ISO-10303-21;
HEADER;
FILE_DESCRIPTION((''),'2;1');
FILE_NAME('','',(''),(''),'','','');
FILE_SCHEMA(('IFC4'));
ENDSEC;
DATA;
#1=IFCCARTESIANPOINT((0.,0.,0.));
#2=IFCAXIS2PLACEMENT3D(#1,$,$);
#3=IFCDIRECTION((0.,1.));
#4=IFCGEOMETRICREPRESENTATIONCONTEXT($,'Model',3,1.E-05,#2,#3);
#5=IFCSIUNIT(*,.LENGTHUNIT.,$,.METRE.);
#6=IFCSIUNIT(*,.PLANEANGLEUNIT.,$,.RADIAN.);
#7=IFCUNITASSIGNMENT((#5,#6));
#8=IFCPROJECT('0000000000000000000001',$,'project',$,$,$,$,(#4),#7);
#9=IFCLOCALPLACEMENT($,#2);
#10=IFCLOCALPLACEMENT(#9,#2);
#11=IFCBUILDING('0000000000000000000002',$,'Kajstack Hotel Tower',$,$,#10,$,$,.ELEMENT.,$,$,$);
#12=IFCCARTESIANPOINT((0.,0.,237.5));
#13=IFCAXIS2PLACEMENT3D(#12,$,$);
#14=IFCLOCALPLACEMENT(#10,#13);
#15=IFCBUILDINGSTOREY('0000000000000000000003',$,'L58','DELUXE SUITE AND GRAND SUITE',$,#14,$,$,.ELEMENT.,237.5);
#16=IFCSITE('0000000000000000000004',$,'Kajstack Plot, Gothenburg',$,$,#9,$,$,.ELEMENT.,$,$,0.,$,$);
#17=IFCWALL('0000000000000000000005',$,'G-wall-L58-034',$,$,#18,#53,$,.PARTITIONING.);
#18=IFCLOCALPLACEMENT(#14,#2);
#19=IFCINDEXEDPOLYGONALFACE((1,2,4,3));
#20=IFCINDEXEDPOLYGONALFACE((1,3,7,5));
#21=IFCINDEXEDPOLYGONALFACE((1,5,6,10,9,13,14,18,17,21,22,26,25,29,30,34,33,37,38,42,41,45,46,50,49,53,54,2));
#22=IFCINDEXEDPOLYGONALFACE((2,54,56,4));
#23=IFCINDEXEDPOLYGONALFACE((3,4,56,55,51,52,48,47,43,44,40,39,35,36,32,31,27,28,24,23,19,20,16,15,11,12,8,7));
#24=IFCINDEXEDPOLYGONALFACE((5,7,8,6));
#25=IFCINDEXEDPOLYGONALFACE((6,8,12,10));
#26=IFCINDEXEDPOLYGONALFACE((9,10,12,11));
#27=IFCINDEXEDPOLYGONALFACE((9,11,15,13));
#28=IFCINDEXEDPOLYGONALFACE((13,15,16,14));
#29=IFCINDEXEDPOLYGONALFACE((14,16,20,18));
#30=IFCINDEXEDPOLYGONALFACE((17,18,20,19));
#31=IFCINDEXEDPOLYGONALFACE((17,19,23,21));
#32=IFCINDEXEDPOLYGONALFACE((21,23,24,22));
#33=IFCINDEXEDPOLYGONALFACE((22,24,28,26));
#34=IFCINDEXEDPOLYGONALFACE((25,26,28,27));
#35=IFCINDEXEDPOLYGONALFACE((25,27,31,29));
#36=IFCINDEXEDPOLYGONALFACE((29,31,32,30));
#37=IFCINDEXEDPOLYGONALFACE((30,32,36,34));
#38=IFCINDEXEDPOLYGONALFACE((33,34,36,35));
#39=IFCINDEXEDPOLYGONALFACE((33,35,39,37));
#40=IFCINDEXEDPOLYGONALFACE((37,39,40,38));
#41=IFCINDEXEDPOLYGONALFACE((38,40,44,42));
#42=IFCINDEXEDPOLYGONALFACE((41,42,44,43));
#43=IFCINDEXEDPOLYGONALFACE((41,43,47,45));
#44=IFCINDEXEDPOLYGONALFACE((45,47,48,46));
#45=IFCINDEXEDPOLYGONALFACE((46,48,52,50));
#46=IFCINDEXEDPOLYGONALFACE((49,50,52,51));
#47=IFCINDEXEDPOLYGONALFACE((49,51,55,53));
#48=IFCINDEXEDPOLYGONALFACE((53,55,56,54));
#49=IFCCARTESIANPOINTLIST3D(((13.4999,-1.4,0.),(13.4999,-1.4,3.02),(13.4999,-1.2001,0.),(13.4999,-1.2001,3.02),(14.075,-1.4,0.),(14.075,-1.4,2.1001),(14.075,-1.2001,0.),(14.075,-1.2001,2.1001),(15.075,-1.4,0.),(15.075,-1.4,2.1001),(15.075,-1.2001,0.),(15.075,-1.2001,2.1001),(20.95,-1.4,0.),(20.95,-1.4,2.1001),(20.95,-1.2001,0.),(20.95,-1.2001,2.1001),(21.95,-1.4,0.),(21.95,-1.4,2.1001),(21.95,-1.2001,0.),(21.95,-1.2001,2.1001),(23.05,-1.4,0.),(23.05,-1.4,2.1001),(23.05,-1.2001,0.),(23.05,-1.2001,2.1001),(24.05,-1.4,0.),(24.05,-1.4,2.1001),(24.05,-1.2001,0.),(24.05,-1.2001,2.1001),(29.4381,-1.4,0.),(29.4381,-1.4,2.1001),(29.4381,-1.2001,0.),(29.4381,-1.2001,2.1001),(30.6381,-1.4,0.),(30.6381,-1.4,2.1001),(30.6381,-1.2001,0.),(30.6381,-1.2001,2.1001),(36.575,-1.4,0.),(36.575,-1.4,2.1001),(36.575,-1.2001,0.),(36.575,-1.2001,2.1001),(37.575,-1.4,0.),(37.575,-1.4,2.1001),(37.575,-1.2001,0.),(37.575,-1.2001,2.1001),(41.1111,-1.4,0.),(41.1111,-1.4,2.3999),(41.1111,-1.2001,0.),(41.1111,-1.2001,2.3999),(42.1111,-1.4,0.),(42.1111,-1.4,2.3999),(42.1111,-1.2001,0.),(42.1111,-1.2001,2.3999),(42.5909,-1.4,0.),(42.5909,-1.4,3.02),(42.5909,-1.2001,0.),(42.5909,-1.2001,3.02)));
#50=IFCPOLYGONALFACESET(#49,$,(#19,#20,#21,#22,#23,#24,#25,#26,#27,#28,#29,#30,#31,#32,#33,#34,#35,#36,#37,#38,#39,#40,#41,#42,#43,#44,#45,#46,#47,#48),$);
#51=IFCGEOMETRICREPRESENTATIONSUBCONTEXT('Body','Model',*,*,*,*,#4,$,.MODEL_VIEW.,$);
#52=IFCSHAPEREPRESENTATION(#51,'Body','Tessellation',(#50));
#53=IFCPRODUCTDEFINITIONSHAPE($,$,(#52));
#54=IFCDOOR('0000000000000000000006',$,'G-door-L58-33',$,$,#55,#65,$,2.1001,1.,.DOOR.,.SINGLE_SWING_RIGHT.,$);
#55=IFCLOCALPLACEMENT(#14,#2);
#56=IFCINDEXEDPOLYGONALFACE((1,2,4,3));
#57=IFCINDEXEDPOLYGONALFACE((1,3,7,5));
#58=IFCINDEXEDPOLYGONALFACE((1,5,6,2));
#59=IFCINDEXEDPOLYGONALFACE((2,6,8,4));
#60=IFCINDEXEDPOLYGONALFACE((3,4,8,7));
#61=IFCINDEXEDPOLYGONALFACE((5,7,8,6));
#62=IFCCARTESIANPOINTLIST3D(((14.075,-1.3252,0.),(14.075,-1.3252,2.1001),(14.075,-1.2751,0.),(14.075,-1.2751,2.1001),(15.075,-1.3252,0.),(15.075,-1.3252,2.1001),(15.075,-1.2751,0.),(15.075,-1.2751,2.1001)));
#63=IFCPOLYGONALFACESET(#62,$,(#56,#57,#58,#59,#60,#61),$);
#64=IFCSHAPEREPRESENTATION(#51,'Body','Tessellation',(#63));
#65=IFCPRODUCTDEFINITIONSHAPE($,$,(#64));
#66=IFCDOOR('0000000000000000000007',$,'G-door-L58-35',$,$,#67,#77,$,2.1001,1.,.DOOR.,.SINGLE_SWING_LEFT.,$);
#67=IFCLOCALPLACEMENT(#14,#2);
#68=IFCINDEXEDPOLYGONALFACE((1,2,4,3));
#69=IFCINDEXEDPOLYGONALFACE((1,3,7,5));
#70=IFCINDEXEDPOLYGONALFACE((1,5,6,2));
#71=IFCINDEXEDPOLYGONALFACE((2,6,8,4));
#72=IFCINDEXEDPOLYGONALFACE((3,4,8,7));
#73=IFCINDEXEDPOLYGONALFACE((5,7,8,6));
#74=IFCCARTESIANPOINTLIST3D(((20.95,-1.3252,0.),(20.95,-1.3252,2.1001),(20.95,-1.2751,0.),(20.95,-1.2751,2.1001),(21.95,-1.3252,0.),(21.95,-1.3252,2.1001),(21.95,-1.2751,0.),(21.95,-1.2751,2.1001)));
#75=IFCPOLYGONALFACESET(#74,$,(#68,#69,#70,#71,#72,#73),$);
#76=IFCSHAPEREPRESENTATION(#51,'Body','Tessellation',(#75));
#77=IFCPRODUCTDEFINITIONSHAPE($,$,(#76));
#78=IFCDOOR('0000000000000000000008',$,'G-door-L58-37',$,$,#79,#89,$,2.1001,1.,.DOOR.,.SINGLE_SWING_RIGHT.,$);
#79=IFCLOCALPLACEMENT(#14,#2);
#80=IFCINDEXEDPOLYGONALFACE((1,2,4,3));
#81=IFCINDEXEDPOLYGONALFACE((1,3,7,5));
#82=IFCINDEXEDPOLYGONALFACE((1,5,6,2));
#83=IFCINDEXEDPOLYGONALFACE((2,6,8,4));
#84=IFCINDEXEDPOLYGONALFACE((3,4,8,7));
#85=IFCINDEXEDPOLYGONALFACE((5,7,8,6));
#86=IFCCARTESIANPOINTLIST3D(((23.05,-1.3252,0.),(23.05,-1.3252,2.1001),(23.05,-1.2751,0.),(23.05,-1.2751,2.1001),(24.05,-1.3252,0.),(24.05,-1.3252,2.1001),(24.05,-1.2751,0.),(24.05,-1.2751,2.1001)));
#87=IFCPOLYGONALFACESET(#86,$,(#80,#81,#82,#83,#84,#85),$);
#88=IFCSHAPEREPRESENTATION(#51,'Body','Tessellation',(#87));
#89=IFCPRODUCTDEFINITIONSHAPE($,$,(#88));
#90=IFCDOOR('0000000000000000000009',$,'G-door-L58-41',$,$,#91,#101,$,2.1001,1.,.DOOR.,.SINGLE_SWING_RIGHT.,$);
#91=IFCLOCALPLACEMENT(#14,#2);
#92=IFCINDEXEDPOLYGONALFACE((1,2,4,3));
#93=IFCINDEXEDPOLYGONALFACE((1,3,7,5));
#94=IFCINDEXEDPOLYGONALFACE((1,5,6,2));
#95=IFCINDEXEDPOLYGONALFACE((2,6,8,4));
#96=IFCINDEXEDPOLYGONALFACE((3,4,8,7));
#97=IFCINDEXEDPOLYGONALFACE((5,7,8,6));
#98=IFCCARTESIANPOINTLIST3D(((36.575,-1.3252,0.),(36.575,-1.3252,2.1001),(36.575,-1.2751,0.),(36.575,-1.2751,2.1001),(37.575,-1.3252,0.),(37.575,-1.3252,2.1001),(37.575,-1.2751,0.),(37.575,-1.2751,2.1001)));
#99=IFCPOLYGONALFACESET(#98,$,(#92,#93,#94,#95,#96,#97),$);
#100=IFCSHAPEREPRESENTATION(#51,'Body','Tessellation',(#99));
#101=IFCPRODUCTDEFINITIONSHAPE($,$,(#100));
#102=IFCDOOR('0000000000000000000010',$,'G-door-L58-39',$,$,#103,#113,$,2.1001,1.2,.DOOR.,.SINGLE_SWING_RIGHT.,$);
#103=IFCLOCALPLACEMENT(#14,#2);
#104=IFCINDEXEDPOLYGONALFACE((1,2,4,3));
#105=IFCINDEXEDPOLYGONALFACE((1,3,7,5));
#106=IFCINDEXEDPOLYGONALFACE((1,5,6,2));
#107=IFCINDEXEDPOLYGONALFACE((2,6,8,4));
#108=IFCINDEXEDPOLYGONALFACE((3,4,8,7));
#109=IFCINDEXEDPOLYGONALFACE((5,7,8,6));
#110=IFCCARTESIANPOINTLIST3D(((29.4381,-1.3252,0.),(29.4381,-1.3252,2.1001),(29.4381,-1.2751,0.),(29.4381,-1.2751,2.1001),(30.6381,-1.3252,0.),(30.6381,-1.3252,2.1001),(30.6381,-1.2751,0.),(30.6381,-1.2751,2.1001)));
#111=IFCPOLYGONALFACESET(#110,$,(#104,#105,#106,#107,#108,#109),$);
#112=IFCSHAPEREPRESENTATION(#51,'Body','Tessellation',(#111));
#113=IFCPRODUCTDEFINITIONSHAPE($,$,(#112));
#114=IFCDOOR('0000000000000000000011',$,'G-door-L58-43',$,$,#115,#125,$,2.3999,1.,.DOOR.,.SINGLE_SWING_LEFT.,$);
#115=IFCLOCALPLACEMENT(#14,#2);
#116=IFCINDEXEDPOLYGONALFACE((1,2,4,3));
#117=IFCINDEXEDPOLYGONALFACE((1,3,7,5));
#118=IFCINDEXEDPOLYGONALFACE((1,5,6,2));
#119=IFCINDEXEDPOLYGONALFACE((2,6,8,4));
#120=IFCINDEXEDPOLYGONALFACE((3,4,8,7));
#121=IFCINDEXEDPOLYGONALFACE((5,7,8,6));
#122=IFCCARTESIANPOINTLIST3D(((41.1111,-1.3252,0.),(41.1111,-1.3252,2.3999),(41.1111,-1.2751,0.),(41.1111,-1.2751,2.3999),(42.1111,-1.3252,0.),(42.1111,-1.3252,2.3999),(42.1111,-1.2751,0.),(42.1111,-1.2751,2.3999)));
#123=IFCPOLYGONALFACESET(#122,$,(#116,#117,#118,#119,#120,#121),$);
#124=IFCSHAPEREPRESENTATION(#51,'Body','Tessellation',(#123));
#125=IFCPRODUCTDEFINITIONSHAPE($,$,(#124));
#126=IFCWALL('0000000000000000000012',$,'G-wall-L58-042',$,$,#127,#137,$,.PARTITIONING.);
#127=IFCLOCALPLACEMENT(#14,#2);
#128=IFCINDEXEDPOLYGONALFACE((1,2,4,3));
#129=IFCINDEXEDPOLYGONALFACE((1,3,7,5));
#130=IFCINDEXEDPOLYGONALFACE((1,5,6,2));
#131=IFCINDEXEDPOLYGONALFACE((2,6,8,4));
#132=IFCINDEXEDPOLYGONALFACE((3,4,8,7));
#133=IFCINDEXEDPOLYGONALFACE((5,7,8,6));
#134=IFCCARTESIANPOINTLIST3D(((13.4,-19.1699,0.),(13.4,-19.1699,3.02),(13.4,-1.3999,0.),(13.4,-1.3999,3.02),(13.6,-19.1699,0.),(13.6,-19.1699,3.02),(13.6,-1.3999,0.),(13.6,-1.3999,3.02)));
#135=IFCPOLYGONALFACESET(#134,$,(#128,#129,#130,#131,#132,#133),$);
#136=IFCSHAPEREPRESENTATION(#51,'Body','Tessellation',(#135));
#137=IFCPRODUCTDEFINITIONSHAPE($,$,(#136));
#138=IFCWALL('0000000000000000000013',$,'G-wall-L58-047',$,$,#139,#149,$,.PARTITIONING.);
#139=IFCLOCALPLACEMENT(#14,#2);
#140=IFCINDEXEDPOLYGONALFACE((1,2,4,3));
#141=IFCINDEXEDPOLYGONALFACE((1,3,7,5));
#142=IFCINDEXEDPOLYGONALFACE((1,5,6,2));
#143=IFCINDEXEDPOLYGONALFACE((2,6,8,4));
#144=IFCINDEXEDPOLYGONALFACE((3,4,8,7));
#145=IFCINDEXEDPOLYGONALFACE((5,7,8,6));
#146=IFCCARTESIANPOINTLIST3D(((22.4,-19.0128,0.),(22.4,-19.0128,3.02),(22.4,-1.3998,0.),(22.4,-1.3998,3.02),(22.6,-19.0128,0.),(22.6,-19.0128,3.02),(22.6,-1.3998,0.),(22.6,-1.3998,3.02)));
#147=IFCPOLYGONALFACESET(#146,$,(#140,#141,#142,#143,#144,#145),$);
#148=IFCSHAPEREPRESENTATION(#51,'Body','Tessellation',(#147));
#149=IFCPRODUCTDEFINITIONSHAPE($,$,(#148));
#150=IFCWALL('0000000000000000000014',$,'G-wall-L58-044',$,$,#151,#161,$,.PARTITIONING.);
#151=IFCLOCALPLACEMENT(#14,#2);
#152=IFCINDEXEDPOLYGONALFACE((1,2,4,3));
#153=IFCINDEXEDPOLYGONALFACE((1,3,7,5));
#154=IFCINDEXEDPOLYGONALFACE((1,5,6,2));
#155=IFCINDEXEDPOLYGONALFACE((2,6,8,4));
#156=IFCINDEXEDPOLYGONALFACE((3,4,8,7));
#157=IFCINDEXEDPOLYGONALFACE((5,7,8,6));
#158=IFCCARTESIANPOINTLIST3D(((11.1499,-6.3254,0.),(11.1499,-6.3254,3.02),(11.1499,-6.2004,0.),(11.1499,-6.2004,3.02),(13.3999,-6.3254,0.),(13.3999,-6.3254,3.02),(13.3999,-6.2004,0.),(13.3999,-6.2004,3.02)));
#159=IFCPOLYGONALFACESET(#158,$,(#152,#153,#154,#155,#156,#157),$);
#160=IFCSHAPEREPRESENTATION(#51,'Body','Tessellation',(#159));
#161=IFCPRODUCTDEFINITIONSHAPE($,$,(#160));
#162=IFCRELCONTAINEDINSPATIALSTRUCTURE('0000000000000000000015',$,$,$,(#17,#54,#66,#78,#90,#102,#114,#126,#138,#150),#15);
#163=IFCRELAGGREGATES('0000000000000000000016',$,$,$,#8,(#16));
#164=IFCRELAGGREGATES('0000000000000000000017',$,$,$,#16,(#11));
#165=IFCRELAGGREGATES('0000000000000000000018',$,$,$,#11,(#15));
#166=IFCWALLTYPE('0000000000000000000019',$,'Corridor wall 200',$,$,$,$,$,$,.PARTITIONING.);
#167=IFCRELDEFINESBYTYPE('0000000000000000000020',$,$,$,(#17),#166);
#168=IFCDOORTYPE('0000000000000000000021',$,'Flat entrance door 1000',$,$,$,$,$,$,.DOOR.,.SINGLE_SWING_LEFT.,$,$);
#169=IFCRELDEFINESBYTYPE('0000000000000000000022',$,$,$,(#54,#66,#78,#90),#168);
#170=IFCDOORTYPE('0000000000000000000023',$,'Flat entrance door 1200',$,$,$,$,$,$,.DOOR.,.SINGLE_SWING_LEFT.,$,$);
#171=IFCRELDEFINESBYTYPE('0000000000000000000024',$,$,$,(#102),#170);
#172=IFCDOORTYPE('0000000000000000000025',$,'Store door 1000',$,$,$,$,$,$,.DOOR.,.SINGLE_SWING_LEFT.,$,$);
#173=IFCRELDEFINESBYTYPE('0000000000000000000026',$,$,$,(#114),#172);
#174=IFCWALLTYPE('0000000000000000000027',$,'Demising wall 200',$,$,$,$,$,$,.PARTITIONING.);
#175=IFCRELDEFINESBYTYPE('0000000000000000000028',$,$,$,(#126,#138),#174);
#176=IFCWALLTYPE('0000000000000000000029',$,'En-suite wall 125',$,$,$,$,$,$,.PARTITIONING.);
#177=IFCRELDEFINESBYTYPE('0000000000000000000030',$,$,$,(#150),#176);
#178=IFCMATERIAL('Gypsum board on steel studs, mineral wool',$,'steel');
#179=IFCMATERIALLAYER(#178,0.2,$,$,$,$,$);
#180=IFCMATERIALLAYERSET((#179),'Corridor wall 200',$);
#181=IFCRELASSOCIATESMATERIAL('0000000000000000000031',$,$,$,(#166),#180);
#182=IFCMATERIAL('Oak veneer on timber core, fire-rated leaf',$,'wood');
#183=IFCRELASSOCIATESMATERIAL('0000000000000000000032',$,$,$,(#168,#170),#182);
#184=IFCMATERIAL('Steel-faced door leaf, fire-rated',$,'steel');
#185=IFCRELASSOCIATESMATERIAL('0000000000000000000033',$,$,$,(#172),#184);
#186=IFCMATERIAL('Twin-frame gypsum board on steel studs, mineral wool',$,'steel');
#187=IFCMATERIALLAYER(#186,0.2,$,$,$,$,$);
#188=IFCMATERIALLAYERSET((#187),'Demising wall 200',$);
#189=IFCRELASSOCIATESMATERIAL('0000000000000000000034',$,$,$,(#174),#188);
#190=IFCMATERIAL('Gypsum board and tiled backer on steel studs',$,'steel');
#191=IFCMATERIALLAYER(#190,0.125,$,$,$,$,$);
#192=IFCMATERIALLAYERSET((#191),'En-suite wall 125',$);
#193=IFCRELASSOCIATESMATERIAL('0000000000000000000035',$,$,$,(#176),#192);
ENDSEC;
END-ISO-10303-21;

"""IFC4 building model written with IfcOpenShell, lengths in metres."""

from ifc_helpers import new_model, si_unit, direction, frame, frame_2d, origin, place, context, subcontext, project, spatial, rectangle, extrude, material, layer, layer_set, type_object, element, fill, save


model = new_model("IFC4")

# Units and contexts
model_context = context("Model", 3, precision=1e-05, world=origin(), true_north=direction((0.0, 1.0)))
body_context = subcontext(model_context, "Body", "Model", "MODEL_VIEW")
ifc_project = project(units=[si_unit("LENGTHUNIT", "METRE"), si_unit("PLANEANGLEUNIT", "RADIAN")], contexts=[model_context])

# Site, building, storey
site_placement = place(None, origin())
site = spatial("IfcSite", under=ifc_project, at=site_placement, Name="Kajstack Plot, Gothenburg", CompositionType="ELEMENT", RefElevation=0.0)
building_placement = place(site_placement, origin())
building = spatial("IfcBuilding", under=site, at=building_placement, Name="Kajstack Hotel Tower", CompositionType="ELEMENT")
storey_placement = place(building_placement, frame((0.0, 0.0, 237.5)))
storey = spatial("IfcBuildingStorey", under=building, at=storey_placement, Name="L58", Description="DELUXE SUITE AND GRAND SUITE", CompositionType="ELEMENT", Elevation=237.5)

# Wall, openings, doors
ifc_material_1 = material(Name="Gypsum board on steel studs, mineral wool", Category="steel")
ifc_layer_1 = layer(ifc_material_1, 0.2)
ifc_layer_set_1 = layer_set([ifc_layer_1], Name="Corridor wall 200")
wall_type_1 = type_object("IfcWallType", Name="Corridor wall 200", PredefinedType="PARTITIONING", material=ifc_layer_set_1)
wall_1_placement = place(storey_placement, frame((13.5, -1.3, 0.0), z_axis=(0.0, 0.0, 1.0), x_axis=(1.0, 0.0, 0.0)))
wall_1 = element("IfcWall", 1, at=wall_1_placement, inside=storey, type_object=wall_type_1, Name="G-wall-L58-034", PredefinedType="PARTITIONING", context=body_context, shape_type="SweptSolid", body=[
    extrude(rectangle(XDim=29.0911, YDim=0.2, at=frame_2d((14.5454, 0.0))), origin(), (0.0, 0.0, 1.0), 3.02),
])
opening_1_placement = place(wall_1_placement, frame((0.575, 0.0, 0.0)))
opening_1 = element("IfcOpeningElement", 2, at=opening_1_placement, cuts=wall_1, PredefinedType="OPENING", context=body_context, shape_type="SweptSolid", body=[
    extrude(rectangle(XDim=1.0, YDim=2.1001, at=frame_2d((0.5, 1.05))), frame((0.0, 0.1099, 0.0), z_axis=(0.0, -1.0, 0.0), x_axis=(1.0, 0.0, 0.0)), (0.0, 0.0, 1.0), 0.22),
])
opening_2_placement = place(wall_1_placement, frame((7.45, 0.0, 0.0)))
opening_2 = element("IfcOpeningElement", 3, at=opening_2_placement, cuts=wall_1, PredefinedType="OPENING", context=body_context, shape_type="SweptSolid", body=[
    extrude(rectangle(XDim=1.0, YDim=2.1001, at=frame_2d((0.5, 1.05))), frame((0.0, 0.1099, 0.0), z_axis=(0.0, -1.0, 0.0), x_axis=(1.0, 0.0, 0.0)), (0.0, 0.0, 1.0), 0.22),
])
opening_3_placement = place(wall_1_placement, frame((9.55, 0.0, 0.0)))
opening_3 = element("IfcOpeningElement", 4, at=opening_3_placement, cuts=wall_1, PredefinedType="OPENING", context=body_context, shape_type="SweptSolid", body=[
    extrude(rectangle(XDim=1.0, YDim=2.1001, at=frame_2d((0.5, 1.05))), frame((0.0, 0.1099, 0.0), z_axis=(0.0, -1.0, 0.0), x_axis=(1.0, 0.0, 0.0)), (0.0, 0.0, 1.0), 0.22),
])
opening_4_placement = place(wall_1_placement, frame((15.938, 0.0, 0.0)))
opening_4 = element("IfcOpeningElement", 5, at=opening_4_placement, cuts=wall_1, PredefinedType="OPENING", context=body_context, shape_type="SweptSolid", body=[
    extrude(rectangle(XDim=1.2, YDim=2.1001, at=frame_2d((0.6001, 1.05))), frame((0.0, 0.1099, 0.0), z_axis=(0.0, -1.0, 0.0), x_axis=(1.0, 0.0, 0.0)), (0.0, 0.0, 1.0), 0.22),
])
opening_5_placement = place(wall_1_placement, frame((23.075, 0.0, 0.0)))
opening_5 = element("IfcOpeningElement", 6, at=opening_5_placement, cuts=wall_1, PredefinedType="OPENING", context=body_context, shape_type="SweptSolid", body=[
    extrude(rectangle(XDim=1.0, YDim=2.1001, at=frame_2d((0.5, 1.05))), frame((0.0, 0.1099, 0.0), z_axis=(0.0, -1.0, 0.0), x_axis=(1.0, 0.0, 0.0)), (0.0, 0.0, 1.0), 0.22),
])
opening_6_placement = place(wall_1_placement, frame((27.6111, 0.0, 0.0)))
opening_6 = element("IfcOpeningElement", 7, at=opening_6_placement, cuts=wall_1, PredefinedType="OPENING", context=body_context, shape_type="SweptSolid", body=[
    extrude(rectangle(XDim=1.0, YDim=2.3999, at=frame_2d((0.5, 1.2))), frame((0.0, 0.1099, 0.0), z_axis=(0.0, -1.0, 0.0), x_axis=(1.0, 0.0, 0.0)), (0.0, 0.0, 1.0), 0.22),
])
ifc_material_2 = material(Name="Oak veneer on timber core, fire-rated leaf", Category="wood")
door_type_1 = type_object("IfcDoorType", Name="Flat entrance door 1000", OperationType="SINGLE_SWING_LEFT", PredefinedType="DOOR", material=ifc_material_2)
door_1_placement = place(opening_1_placement, origin())
door_1 = element("IfcDoor", 8, at=door_1_placement, inside=storey, type_object=door_type_1, Name="G-door-L58-33", OperationType="SINGLE_SWING_RIGHT", OverallHeight=2.1001, OverallWidth=1.0, PredefinedType="DOOR", context=body_context, shape_type="SweptSolid", body=[
    extrude(rectangle(XDim=1.0, YDim=2.1001, at=frame_2d((0.5, 1.05))), frame((0.0, 0.0249, 0.0), z_axis=(0.0, -1.0, 0.0), x_axis=(1.0, 0.0, 0.0)), (0.0, 0.0, 1.0), 0.05),
])
fill(opening_1, door_1)
door_2_placement = place(opening_2_placement, origin())
door_2 = element("IfcDoor", 9, at=door_2_placement, inside=storey, type_object=door_type_1, Name="G-door-L58-35", OperationType="SINGLE_SWING_LEFT", OverallHeight=2.1001, OverallWidth=1.0, PredefinedType="DOOR", context=body_context, shape_type="SweptSolid", body=[
    extrude(rectangle(XDim=1.0, YDim=2.1001, at=frame_2d((0.5, 1.05))), frame((0.0, 0.0249, 0.0), z_axis=(0.0, -1.0, 0.0), x_axis=(1.0, 0.0, 0.0)), (0.0, 0.0, 1.0), 0.05),
])
fill(opening_2, door_2)
door_3_placement = place(opening_3_placement, origin())
door_3 = element("IfcDoor", 10, at=door_3_placement, inside=storey, type_object=door_type_1, Name="G-door-L58-37", OperationType="SINGLE_SWING_RIGHT", OverallHeight=2.1001, OverallWidth=1.0, PredefinedType="DOOR", context=body_context, shape_type="SweptSolid", body=[
    extrude(rectangle(XDim=1.0, YDim=2.1001, at=frame_2d((0.5, 1.05))), frame((0.0, 0.0249, 0.0), z_axis=(0.0, -1.0, 0.0), x_axis=(1.0, 0.0, 0.0)), (0.0, 0.0, 1.0), 0.05),
])
fill(opening_3, door_3)
door_4_placement = place(opening_5_placement, origin())
door_4 = element("IfcDoor", 11, at=door_4_placement, inside=storey, type_object=door_type_1, Name="G-door-L58-41", OperationType="SINGLE_SWING_RIGHT", OverallHeight=2.1001, OverallWidth=1.0, PredefinedType="DOOR", context=body_context, shape_type="SweptSolid", body=[
    extrude(rectangle(XDim=1.0, YDim=2.1001, at=frame_2d((0.5, 1.05))), frame((0.0, 0.0249, 0.0), z_axis=(0.0, -1.0, 0.0), x_axis=(1.0, 0.0, 0.0)), (0.0, 0.0, 1.0), 0.05),
])
fill(opening_5, door_4)
door_type_2 = type_object("IfcDoorType", Name="Flat entrance door 1200", OperationType="SINGLE_SWING_LEFT", PredefinedType="DOOR", material=ifc_material_2)
door_5_placement = place(opening_4_placement, origin())
door_5 = element("IfcDoor", 12, at=door_5_placement, inside=storey, type_object=door_type_2, Name="G-door-L58-39", OperationType="SINGLE_SWING_RIGHT", OverallHeight=2.1001, OverallWidth=1.2, PredefinedType="DOOR", context=body_context, shape_type="SweptSolid", body=[
    extrude(rectangle(XDim=1.2, YDim=2.1001, at=frame_2d((0.6001, 1.05))), frame((0.0, 0.0249, 0.0), z_axis=(0.0, -1.0, 0.0), x_axis=(1.0, 0.0, 0.0)), (0.0, 0.0, 1.0), 0.05),
])
fill(opening_4, door_5)
ifc_material_3 = material(Name="Steel-faced door leaf, fire-rated", Category="steel")
door_type_3 = type_object("IfcDoorType", Name="Store door 1000", OperationType="SINGLE_SWING_LEFT", PredefinedType="DOOR", material=ifc_material_3)
door_6_placement = place(opening_6_placement, origin())
door_6 = element("IfcDoor", 13, at=door_6_placement, inside=storey, type_object=door_type_3, Name="G-door-L58-43", OperationType="SINGLE_SWING_LEFT", OverallHeight=2.3999, OverallWidth=1.0, PredefinedType="DOOR", context=body_context, shape_type="SweptSolid", body=[
    extrude(rectangle(XDim=1.0, YDim=2.3999, at=frame_2d((0.5, 1.2))), frame((0.0, 0.0249, 0.0), z_axis=(0.0, -1.0, 0.0), x_axis=(1.0, 0.0, 0.0)), (0.0, 0.0, 1.0), 0.05),
])
fill(opening_6, door_6)

# Walls
ifc_material_4 = material(Name="Twin-frame gypsum board on steel studs, mineral wool", Category="steel")
ifc_layer_2 = layer(ifc_material_4, 0.2)
ifc_layer_set_2 = layer_set([ifc_layer_2], Name="Demising wall 200")
wall_type_2 = type_object("IfcWallType", Name="Demising wall 200", PredefinedType="PARTITIONING", material=ifc_layer_set_2)
wall_2_placement = place(storey_placement, frame((13.5, -19.1699, 0.0), z_axis=(0.0, 0.0, 1.0), x_axis=(0.0, 1.0, 0.0)))
element("IfcWall", 14, at=wall_2_placement, inside=storey, type_object=wall_type_2, Name="G-wall-L58-042", PredefinedType="PARTITIONING", context=body_context, shape_type="SweptSolid", body=[
    extrude(rectangle(XDim=17.77, YDim=0.2, at=frame_2d((8.885, 0.0))), origin(), (0.0, 0.0, 1.0), 3.02),
])
wall_3_placement = place(storey_placement, frame((22.5, -19.0129, 0.0), z_axis=(0.0, 0.0, 1.0), x_axis=(0.0, 1.0, 0.0)))
element("IfcWall", 15, at=wall_3_placement, inside=storey, type_object=wall_type_2, Name="G-wall-L58-047", PredefinedType="PARTITIONING", context=body_context, shape_type="SweptSolid", body=[
    extrude(rectangle(XDim=17.613, YDim=0.2, at=frame_2d((8.8066, 0.0))), origin(), (0.0, 0.0, 1.0), 3.02),
])
ifc_material_5 = material(Name="Gypsum board and tiled backer on steel studs", Category="steel")
ifc_layer_3 = layer(ifc_material_5, 0.125)
ifc_layer_set_3 = layer_set([ifc_layer_3], Name="En-suite wall 125")
wall_type_3 = type_object("IfcWallType", Name="En-suite wall 125", PredefinedType="PARTITIONING", material=ifc_layer_set_3)
wall_4_placement = place(storey_placement, frame((11.1499, -6.2629, 0.0), z_axis=(0.0, 0.0, 1.0), x_axis=(1.0, 0.0, 0.0)))
element("IfcWall", 16, at=wall_4_placement, inside=storey, type_object=wall_type_3, Name="G-wall-L58-044", PredefinedType="PARTITIONING", context=body_context, shape_type="SweptSolid", body=[
    extrude(rectangle(XDim=2.25, YDim=0.125, at=frame_2d((1.125, 0.0))), origin(), (0.0, 0.0, 1.0), 3.02),
])

save(model, "model.ifc")
